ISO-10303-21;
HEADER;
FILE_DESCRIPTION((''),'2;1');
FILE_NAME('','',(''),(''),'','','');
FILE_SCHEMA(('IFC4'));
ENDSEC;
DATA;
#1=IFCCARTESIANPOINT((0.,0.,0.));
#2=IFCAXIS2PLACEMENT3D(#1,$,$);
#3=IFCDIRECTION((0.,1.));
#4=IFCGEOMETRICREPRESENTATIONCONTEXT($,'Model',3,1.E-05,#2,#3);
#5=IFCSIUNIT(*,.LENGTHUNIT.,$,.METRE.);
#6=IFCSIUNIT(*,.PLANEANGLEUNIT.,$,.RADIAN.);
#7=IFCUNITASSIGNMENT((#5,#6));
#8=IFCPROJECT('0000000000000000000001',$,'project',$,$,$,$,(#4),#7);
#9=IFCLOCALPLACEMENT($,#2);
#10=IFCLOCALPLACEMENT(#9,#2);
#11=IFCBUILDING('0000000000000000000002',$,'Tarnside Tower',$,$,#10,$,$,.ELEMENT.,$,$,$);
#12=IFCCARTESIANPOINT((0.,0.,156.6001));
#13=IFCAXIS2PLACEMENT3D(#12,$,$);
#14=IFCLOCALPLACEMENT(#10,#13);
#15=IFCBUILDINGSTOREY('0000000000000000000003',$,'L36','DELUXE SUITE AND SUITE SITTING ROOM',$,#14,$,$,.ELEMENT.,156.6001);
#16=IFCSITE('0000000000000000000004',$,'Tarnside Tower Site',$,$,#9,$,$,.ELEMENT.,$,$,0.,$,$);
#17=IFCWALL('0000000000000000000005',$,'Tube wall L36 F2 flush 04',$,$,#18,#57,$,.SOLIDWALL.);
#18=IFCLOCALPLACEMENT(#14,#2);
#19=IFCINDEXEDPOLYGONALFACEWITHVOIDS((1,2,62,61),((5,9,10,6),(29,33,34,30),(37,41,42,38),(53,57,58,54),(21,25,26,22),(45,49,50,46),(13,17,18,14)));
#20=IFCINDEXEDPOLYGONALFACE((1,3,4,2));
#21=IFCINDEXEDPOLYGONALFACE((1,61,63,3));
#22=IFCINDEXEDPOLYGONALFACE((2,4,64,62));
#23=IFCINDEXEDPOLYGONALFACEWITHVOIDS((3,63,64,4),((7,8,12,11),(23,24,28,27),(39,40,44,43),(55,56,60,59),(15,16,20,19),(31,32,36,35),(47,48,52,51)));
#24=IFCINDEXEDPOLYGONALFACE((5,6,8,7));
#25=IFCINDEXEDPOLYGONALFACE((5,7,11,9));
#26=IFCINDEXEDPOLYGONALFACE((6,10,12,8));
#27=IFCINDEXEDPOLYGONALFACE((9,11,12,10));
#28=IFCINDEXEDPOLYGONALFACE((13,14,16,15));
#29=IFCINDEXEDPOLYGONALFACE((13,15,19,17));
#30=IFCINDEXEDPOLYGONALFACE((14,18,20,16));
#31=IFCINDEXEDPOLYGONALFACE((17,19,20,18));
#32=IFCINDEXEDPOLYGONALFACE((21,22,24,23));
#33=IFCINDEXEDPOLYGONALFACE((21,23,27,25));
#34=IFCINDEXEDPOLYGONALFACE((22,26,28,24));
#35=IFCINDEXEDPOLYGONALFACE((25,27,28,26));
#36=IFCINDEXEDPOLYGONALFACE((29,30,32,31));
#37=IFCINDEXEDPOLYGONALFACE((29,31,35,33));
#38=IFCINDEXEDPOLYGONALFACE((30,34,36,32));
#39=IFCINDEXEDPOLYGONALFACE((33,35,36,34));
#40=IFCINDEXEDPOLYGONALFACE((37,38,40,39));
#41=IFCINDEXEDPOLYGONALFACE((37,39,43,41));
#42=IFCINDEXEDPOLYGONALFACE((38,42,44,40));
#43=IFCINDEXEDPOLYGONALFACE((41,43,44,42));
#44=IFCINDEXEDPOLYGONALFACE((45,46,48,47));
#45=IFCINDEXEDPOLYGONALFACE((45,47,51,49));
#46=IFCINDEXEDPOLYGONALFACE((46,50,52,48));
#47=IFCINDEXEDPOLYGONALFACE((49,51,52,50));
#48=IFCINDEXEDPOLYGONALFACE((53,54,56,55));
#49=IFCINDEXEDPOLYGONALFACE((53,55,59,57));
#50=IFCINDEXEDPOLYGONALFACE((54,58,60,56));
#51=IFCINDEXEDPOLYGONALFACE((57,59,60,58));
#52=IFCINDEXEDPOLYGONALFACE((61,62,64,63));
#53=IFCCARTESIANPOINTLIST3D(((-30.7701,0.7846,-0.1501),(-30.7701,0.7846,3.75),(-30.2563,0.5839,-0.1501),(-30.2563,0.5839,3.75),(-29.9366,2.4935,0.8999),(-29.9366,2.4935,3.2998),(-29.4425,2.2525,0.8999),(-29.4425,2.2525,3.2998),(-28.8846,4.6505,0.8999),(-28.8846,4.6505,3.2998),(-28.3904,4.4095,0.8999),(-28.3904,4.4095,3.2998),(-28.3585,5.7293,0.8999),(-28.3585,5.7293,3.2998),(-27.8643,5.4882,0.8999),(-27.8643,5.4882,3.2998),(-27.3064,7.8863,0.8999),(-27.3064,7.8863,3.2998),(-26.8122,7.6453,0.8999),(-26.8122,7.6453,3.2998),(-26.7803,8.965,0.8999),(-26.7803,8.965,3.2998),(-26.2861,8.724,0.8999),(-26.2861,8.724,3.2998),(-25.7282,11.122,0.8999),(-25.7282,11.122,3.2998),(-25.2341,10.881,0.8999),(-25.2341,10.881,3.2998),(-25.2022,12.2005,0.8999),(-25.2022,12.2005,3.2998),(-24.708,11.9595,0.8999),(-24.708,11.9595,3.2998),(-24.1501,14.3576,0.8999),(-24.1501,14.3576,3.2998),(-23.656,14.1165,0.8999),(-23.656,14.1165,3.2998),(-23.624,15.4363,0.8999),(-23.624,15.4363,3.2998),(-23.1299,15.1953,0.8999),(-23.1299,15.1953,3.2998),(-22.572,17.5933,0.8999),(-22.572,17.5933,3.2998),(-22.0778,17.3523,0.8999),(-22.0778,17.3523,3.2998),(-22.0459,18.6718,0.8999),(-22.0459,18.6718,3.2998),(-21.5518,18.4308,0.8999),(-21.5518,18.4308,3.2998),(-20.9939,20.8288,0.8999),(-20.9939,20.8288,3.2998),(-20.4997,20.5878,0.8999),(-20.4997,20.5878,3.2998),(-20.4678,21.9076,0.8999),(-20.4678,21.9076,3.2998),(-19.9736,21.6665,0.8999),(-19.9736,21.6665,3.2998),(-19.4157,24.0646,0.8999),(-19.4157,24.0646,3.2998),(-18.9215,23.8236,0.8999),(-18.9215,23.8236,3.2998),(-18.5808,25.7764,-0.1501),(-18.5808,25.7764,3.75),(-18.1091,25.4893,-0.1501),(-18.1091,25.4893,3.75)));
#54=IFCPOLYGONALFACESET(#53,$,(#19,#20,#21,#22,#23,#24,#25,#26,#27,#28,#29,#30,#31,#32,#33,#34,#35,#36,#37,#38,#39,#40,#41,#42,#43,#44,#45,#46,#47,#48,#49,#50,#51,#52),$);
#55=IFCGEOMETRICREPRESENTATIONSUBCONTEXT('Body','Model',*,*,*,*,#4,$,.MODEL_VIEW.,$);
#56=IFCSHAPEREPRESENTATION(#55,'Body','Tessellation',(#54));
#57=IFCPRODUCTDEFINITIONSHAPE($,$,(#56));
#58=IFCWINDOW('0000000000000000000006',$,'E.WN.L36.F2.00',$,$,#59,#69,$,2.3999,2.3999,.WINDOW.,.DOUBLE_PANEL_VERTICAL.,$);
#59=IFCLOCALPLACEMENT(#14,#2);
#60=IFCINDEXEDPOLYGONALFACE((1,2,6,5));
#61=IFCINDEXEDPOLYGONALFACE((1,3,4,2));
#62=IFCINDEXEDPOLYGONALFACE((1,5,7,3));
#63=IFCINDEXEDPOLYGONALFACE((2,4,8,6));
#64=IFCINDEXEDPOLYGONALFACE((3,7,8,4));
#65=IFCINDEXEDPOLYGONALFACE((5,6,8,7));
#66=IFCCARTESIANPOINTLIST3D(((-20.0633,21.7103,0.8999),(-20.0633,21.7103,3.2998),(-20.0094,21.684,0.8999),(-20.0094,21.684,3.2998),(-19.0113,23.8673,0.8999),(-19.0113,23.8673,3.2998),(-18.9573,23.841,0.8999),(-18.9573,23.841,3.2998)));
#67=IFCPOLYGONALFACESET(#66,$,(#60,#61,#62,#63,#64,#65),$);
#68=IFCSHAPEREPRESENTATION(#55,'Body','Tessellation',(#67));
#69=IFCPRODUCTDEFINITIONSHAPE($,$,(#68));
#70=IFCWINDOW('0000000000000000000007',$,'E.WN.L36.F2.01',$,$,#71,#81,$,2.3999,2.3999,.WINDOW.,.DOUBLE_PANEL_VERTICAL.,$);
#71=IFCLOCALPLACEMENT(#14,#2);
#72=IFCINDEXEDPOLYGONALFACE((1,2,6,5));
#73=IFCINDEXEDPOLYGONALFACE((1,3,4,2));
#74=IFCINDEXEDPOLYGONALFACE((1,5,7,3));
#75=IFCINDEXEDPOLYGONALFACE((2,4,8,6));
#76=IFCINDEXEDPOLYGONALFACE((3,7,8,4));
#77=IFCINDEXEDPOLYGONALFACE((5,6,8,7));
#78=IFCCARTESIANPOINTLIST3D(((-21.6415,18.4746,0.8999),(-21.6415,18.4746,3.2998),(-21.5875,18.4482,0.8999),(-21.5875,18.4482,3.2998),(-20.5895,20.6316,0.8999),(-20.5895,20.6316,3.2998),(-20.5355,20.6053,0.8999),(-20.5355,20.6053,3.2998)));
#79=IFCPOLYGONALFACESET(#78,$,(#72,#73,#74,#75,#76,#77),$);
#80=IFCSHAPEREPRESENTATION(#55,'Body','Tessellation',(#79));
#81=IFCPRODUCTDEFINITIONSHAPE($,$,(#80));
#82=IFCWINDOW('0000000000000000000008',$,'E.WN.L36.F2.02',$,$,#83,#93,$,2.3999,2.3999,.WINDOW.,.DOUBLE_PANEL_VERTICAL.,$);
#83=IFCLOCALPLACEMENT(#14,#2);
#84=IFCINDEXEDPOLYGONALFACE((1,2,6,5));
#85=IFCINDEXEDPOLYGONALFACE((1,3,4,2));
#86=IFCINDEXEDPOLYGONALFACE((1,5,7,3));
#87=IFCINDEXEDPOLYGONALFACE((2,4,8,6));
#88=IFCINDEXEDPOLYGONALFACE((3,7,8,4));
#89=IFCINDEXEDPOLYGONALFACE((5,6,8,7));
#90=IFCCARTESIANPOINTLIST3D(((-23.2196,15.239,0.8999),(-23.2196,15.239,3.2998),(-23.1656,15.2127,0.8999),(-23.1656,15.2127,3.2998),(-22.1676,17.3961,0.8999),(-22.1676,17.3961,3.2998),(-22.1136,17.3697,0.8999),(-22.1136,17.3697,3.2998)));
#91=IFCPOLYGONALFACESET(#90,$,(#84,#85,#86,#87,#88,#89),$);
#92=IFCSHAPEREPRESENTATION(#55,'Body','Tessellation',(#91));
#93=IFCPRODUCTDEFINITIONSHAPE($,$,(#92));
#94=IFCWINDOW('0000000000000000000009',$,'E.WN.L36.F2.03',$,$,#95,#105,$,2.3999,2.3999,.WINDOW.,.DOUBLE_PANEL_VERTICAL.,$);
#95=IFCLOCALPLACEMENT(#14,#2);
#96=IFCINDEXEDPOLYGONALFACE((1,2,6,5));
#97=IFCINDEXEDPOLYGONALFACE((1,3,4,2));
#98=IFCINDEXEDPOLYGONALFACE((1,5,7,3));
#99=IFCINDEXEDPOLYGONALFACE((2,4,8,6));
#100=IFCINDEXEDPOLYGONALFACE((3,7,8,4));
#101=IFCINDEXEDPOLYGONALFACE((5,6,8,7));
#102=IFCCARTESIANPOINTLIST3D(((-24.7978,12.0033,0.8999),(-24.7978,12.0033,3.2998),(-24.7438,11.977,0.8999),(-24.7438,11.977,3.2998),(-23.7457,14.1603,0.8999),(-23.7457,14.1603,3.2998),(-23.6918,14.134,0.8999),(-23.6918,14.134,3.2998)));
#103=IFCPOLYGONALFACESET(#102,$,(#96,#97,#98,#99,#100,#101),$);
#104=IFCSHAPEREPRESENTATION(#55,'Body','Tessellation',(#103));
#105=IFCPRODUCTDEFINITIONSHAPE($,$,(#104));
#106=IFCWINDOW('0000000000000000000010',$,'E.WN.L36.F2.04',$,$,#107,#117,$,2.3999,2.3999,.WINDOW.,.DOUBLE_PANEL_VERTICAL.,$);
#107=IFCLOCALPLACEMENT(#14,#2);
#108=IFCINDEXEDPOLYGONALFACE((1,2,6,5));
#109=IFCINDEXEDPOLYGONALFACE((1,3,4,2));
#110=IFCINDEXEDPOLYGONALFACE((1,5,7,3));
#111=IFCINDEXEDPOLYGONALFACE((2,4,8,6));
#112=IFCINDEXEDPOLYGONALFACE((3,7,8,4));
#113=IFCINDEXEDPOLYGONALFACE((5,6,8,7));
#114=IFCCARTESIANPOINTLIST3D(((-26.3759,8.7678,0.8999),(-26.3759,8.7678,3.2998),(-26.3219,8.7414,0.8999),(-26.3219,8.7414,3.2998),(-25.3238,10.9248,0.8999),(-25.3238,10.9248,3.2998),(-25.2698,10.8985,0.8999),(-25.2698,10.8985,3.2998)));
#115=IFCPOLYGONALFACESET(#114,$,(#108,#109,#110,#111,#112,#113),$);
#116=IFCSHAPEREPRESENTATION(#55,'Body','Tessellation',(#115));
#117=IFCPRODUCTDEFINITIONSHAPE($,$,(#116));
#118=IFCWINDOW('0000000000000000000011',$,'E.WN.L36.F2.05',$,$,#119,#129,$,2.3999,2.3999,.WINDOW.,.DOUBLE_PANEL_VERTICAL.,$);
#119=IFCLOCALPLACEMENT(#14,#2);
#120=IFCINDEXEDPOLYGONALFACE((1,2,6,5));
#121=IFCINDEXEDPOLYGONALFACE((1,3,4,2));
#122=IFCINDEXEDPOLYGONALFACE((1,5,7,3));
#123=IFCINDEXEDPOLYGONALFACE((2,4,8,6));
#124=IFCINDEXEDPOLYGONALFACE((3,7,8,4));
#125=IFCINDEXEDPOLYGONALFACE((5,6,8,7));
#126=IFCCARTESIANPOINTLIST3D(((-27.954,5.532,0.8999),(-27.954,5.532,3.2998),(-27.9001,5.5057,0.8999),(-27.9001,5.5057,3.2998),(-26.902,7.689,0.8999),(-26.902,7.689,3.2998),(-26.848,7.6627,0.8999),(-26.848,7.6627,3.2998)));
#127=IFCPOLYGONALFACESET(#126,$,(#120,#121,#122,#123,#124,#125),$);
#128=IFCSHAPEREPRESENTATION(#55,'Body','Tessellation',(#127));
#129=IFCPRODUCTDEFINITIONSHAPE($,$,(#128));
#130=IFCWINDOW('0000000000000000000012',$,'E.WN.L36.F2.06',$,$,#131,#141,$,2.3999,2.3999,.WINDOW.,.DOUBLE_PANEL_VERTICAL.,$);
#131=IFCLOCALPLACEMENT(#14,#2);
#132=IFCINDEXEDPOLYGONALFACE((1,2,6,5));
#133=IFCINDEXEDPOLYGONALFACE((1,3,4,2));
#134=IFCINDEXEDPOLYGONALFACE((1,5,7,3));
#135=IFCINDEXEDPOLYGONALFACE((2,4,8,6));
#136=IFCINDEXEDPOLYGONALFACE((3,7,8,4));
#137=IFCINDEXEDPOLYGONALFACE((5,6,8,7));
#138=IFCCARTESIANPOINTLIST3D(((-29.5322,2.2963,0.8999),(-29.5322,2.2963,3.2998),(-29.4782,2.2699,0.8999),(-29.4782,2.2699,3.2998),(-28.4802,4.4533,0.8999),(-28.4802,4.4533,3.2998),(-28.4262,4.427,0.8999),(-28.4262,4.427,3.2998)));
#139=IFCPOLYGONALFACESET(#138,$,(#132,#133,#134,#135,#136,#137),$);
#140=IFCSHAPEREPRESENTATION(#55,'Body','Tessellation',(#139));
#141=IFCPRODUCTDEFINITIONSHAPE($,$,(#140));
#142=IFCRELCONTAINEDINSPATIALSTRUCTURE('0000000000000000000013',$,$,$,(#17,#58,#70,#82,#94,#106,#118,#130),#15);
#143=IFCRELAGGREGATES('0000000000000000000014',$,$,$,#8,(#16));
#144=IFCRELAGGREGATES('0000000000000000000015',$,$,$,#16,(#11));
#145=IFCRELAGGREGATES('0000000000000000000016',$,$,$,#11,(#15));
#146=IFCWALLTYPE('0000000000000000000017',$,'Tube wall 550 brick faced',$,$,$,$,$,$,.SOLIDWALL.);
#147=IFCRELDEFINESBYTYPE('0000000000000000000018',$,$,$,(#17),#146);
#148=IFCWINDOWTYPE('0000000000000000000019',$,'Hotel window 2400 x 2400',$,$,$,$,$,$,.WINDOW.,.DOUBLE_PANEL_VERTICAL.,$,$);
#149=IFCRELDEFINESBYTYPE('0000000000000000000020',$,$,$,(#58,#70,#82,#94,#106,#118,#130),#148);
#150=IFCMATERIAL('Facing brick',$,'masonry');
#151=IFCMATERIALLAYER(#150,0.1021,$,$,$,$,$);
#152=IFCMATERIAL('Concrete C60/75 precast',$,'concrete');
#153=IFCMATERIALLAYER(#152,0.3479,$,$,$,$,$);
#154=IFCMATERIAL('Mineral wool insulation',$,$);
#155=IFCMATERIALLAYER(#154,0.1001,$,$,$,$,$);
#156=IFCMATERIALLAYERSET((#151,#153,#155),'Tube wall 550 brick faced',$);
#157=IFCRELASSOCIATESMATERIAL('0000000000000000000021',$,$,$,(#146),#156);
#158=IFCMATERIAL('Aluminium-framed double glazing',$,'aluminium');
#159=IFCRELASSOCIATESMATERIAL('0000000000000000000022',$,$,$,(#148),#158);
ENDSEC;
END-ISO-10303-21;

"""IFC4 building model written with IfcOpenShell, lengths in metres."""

from ifc_helpers import new_model, si_unit, direction, frame, frame_2d, origin, place, context, subcontext, project, spatial, polyline, rectangle, outline, extrude, material, layer, layer_set, type_object, element, fill, save


model = new_model("IFC4")

# Units and contexts
model_context = context("Model", 3, precision=1e-05, world=origin(), true_north=direction((0.0, 1.0)))
body_context = subcontext(model_context, "Body", "Model", "MODEL_VIEW")
ifc_project = project(units=[si_unit("LENGTHUNIT", "METRE"), si_unit("PLANEANGLEUNIT", "RADIAN")], contexts=[model_context])

# Site, building, storey
site_placement = place(None, origin())
site = spatial("IfcSite", under=ifc_project, at=site_placement, Name="Tarnside Tower Site", CompositionType="ELEMENT", RefElevation=0.0)
building_placement = place(site_placement, origin())
building = spatial("IfcBuilding", under=site, at=building_placement, Name="Tarnside Tower", CompositionType="ELEMENT")
storey_placement = place(building_placement, frame((0.0, 0.0, 156.6001)))
storey = spatial("IfcBuildingStorey", under=building, at=storey_placement, Name="L36", Description="DELUXE SUITE AND SUITE SITTING ROOM", CompositionType="ELEMENT", Elevation=156.6001)

# Shared definitions
ifc_material_1 = material(Name="Facing brick", Category="masonry")
ifc_layer_1 = layer(ifc_material_1, 0.1021)
ifc_material_2 = material(Name="Concrete C60/75 precast", Category="concrete")
ifc_layer_2 = layer(ifc_material_2, 0.3479)
ifc_material_3 = material(Name="Mineral wool insulation")
ifc_layer_3 = layer(ifc_material_3, 0.1001)
ifc_layer_set_1 = layer_set([ifc_layer_1, ifc_layer_2, ifc_layer_3], Name="Tube wall 550 brick faced")
wall_type_1 = type_object("IfcWallType", Name="Tube wall 550 brick faced", PredefinedType="SOLIDWALL", material=ifc_layer_set_1)

# Wall, openings, windows
wall_1_placement = place(storey_placement, frame((-18.345, 25.6328, -0.1501), z_axis=(0.0, 0.0, 1.0), x_axis=(-0.438372, -0.898794, 0.0)))
wall_1 = element("IfcWall", 1, at=wall_1_placement, inside=storey, type_object=wall_type_1, Name="Tube wall L36 F2 flush 04", PredefinedType="SOLIDWALL", context=body_context, shape_type="SweptSolid", body=[
    extrude(outline(polyline([(-0.0256, -0.2749), (27.7803, -0.2749), (27.7354, 0.2749), (0.0256, 0.2749), (-0.0256, -0.2749)])), origin(), (0.0, 0.0, 1.0), 3.9001),
])
opening_1_placement = place(wall_1_placement, frame((1.8789, 0.0, 1.05)))
opening_1 = element("IfcOpeningElement", 2, at=opening_1_placement, cuts=wall_1, PredefinedType="OPENING", context=body_context, shape_type="SweptSolid", body=[
    extrude(rectangle(XDim=2.3999, YDim=2.3999, at=frame_2d((1.2, 1.2))), frame((0.0, 0.2852, 0.0), z_axis=(0.0, -1.0, 0.0), x_axis=(1.0, 0.0, 0.0)), (0.0, 0.0, 1.0), 0.5701),
])
opening_2_placement = place(wall_1_placement, frame((5.479, 0.0, 1.05)))
opening_2 = element("IfcOpeningElement", 3, at=opening_2_placement, cuts=wall_1, PredefinedType="OPENING", context=body_context, shape_type="SweptSolid", body=[
    extrude(rectangle(XDim=2.3999, YDim=2.3999, at=frame_2d((1.2, 1.2))), frame((0.0, 0.2852, 0.0), z_axis=(0.0, -1.0, 0.0), x_axis=(1.0, 0.0, 0.0)), (0.0, 0.0, 1.0), 0.5701),
])
opening_3_placement = place(wall_1_placement, frame((9.0789, 0.0, 1.05)))
opening_3 = element("IfcOpeningElement", 4, at=opening_3_placement, cuts=wall_1, PredefinedType="OPENING", context=body_context, shape_type="SweptSolid", body=[
    extrude(rectangle(XDim=2.3999, YDim=2.3999, at=frame_2d((1.2, 1.2))), frame((0.0, 0.2852, 0.0), z_axis=(0.0, -1.0, 0.0), x_axis=(1.0, 0.0, 0.0)), (0.0, 0.0, 1.0), 0.5701),
])
opening_4_placement = place(wall_1_placement, frame((12.679, 0.0, 1.05)))
opening_4 = element("IfcOpeningElement", 5, at=opening_4_placement, cuts=wall_1, PredefinedType="OPENING", context=body_context, shape_type="SweptSolid", body=[
    extrude(rectangle(XDim=2.3999, YDim=2.3999, at=frame_2d((1.2, 1.2))), frame((0.0, 0.2852, 0.0), z_axis=(0.0, -1.0, 0.0), x_axis=(1.0, 0.0, 0.0)), (0.0, 0.0, 1.0), 0.5701),
])
opening_5_placement = place(wall_1_placement, frame((16.2788, 0.0, 1.05)))
opening_5 = element("IfcOpeningElement", 6, at=opening_5_placement, cuts=wall_1, PredefinedType="OPENING", context=body_context, shape_type="SweptSolid", body=[
    extrude(rectangle(XDim=2.3999, YDim=2.3999, at=frame_2d((1.2, 1.2))), frame((0.0, 0.2852, 0.0), z_axis=(0.0, -1.0, 0.0), x_axis=(1.0, 0.0, 0.0)), (0.0, 0.0, 1.0), 0.5701),
])
opening_6_placement = place(wall_1_placement, frame((19.8789, 0.0, 1.05)))
opening_6 = element("IfcOpeningElement", 7, at=opening_6_placement, cuts=wall_1, PredefinedType="OPENING", context=body_context, shape_type="SweptSolid", body=[
    extrude(rectangle(XDim=2.3999, YDim=2.3999, at=frame_2d((1.2, 1.2))), frame((0.0, 0.2852, 0.0), z_axis=(0.0, -1.0, 0.0), x_axis=(1.0, 0.0, 0.0)), (0.0, 0.0, 1.0), 0.5701),
])
opening_7_placement = place(wall_1_placement, frame((23.479, 0.0, 1.05)))
opening_7 = element("IfcOpeningElement", 8, at=opening_7_placement, cuts=wall_1, PredefinedType="OPENING", context=body_context, shape_type="SweptSolid", body=[
    extrude(rectangle(XDim=2.3999, YDim=2.3999, at=frame_2d((1.2, 1.2))), frame((0.0, 0.2852, 0.0), z_axis=(0.0, -1.0, 0.0), x_axis=(1.0, 0.0, 0.0)), (0.0, 0.0, 1.0), 0.5701),
])
ifc_material_4 = material(Name="Aluminium-framed double glazing", Category="aluminium")
window_type = type_object("IfcWindowType", Name="Hotel window 2400 x 2400", PartitioningType="DOUBLE_PANEL_VERTICAL", PredefinedType="WINDOW", material=ifc_material_4)
window_1_placement = place(opening_1_placement, frame((0.0, 0.2051, 0.0)))
window_1 = element("IfcWindow", 9, at=window_1_placement, inside=storey, type_object=window_type, Name="E.WN.L36.F2.00", OverallHeight=2.3999, OverallWidth=2.3999, PartitioningType="DOUBLE_PANEL_VERTICAL", PredefinedType="WINDOW", context=body_context, shape_type="SweptSolid", body=[
    extrude(rectangle(XDim=2.3999, YDim=2.3999, at=frame_2d((1.2, 1.2))), frame((0.0, 0.03, 0.0), z_axis=(0.0, -1.0, 0.0), x_axis=(1.0, 0.0, 0.0)), (0.0, 0.0, 1.0), 0.0601),
])
fill(opening_1, window_1)
window_2_placement = place(opening_2_placement, frame((0.0, 0.2051, 0.0)))
window_2 = element("IfcWindow", 10, at=window_2_placement, inside=storey, type_object=window_type, Name="E.WN.L36.F2.01", OverallHeight=2.3999, OverallWidth=2.3999, PartitioningType="DOUBLE_PANEL_VERTICAL", PredefinedType="WINDOW", context=body_context, shape_type="SweptSolid", body=[
    extrude(rectangle(XDim=2.3999, YDim=2.3999, at=frame_2d((1.2, 1.2))), frame((0.0, 0.03, 0.0), z_axis=(0.0, -1.0, 0.0), x_axis=(1.0, 0.0, 0.0)), (0.0, 0.0, 1.0), 0.0601),
])
fill(opening_2, window_2)
window_3_placement = place(opening_3_placement, frame((0.0, 0.2051, 0.0)))
window_3 = element("IfcWindow", 11, at=window_3_placement, inside=storey, type_object=window_type, Name="E.WN.L36.F2.02", OverallHeight=2.3999, OverallWidth=2.3999, PartitioningType="DOUBLE_PANEL_VERTICAL", PredefinedType="WINDOW", context=body_context, shape_type="SweptSolid", body=[
    extrude(rectangle(XDim=2.3999, YDim=2.3999, at=frame_2d((1.2, 1.2))), frame((0.0, 0.03, 0.0), z_axis=(0.0, -1.0, 0.0), x_axis=(1.0, 0.0, 0.0)), (0.0, 0.0, 1.0), 0.0601),
])
fill(opening_3, window_3)
window_4_placement = place(opening_4_placement, frame((0.0, 0.2051, 0.0)))
window_4 = element("IfcWindow", 12, at=window_4_placement, inside=storey, type_object=window_type, Name="E.WN.L36.F2.03", OverallHeight=2.3999, OverallWidth=2.3999, PartitioningType="DOUBLE_PANEL_VERTICAL", PredefinedType="WINDOW", context=body_context, shape_type="SweptSolid", body=[
    extrude(rectangle(XDim=2.3999, YDim=2.3999, at=frame_2d((1.2, 1.2))), frame((0.0, 0.03, 0.0), z_axis=(0.0, -1.0, 0.0), x_axis=(1.0, 0.0, 0.0)), (0.0, 0.0, 1.0), 0.0601),
])
fill(opening_4, window_4)
window_5_placement = place(opening_5_placement, frame((0.0, 0.2051, 0.0)))
window_5 = element("IfcWindow", 13, at=window_5_placement, inside=storey, type_object=window_type, Name="E.WN.L36.F2.04", OverallHeight=2.3999, OverallWidth=2.3999, PartitioningType="DOUBLE_PANEL_VERTICAL", PredefinedType="WINDOW", context=body_context, shape_type="SweptSolid", body=[
    extrude(rectangle(XDim=2.3999, YDim=2.3999, at=frame_2d((1.2, 1.2))), frame((0.0, 0.03, 0.0), z_axis=(0.0, -1.0, 0.0), x_axis=(1.0, 0.0, 0.0)), (0.0, 0.0, 1.0), 0.0601),
])
fill(opening_5, window_5)
window_6_placement = place(opening_6_placement, frame((0.0, 0.2051, 0.0)))
window_6 = element("IfcWindow", 14, at=window_6_placement, inside=storey, type_object=window_type, Name="E.WN.L36.F2.05", OverallHeight=2.3999, OverallWidth=2.3999, PartitioningType="DOUBLE_PANEL_VERTICAL", PredefinedType="WINDOW", context=body_context, shape_type="SweptSolid", body=[
    extrude(rectangle(XDim=2.3999, YDim=2.3999, at=frame_2d((1.2, 1.2))), frame((0.0, 0.03, 0.0), z_axis=(0.0, -1.0, 0.0), x_axis=(1.0, 0.0, 0.0)), (0.0, 0.0, 1.0), 0.0601),
])
fill(opening_6, window_6)
window_7_placement = place(opening_7_placement, frame((0.0, 0.2051, 0.0)))
window_7 = element("IfcWindow", 15, at=window_7_placement, inside=storey, type_object=window_type, Name="E.WN.L36.F2.06", OverallHeight=2.3999, OverallWidth=2.3999, PartitioningType="DOUBLE_PANEL_VERTICAL", PredefinedType="WINDOW", context=body_context, shape_type="SweptSolid", body=[
    extrude(rectangle(XDim=2.3999, YDim=2.3999, at=frame_2d((1.2, 1.2))), frame((0.0, 0.03, 0.0), z_axis=(0.0, -1.0, 0.0), x_axis=(1.0, 0.0, 0.0)), (0.0, 0.0, 1.0), 0.0601),
])
fill(opening_7, window_7)

save(model, "model.ifc")
